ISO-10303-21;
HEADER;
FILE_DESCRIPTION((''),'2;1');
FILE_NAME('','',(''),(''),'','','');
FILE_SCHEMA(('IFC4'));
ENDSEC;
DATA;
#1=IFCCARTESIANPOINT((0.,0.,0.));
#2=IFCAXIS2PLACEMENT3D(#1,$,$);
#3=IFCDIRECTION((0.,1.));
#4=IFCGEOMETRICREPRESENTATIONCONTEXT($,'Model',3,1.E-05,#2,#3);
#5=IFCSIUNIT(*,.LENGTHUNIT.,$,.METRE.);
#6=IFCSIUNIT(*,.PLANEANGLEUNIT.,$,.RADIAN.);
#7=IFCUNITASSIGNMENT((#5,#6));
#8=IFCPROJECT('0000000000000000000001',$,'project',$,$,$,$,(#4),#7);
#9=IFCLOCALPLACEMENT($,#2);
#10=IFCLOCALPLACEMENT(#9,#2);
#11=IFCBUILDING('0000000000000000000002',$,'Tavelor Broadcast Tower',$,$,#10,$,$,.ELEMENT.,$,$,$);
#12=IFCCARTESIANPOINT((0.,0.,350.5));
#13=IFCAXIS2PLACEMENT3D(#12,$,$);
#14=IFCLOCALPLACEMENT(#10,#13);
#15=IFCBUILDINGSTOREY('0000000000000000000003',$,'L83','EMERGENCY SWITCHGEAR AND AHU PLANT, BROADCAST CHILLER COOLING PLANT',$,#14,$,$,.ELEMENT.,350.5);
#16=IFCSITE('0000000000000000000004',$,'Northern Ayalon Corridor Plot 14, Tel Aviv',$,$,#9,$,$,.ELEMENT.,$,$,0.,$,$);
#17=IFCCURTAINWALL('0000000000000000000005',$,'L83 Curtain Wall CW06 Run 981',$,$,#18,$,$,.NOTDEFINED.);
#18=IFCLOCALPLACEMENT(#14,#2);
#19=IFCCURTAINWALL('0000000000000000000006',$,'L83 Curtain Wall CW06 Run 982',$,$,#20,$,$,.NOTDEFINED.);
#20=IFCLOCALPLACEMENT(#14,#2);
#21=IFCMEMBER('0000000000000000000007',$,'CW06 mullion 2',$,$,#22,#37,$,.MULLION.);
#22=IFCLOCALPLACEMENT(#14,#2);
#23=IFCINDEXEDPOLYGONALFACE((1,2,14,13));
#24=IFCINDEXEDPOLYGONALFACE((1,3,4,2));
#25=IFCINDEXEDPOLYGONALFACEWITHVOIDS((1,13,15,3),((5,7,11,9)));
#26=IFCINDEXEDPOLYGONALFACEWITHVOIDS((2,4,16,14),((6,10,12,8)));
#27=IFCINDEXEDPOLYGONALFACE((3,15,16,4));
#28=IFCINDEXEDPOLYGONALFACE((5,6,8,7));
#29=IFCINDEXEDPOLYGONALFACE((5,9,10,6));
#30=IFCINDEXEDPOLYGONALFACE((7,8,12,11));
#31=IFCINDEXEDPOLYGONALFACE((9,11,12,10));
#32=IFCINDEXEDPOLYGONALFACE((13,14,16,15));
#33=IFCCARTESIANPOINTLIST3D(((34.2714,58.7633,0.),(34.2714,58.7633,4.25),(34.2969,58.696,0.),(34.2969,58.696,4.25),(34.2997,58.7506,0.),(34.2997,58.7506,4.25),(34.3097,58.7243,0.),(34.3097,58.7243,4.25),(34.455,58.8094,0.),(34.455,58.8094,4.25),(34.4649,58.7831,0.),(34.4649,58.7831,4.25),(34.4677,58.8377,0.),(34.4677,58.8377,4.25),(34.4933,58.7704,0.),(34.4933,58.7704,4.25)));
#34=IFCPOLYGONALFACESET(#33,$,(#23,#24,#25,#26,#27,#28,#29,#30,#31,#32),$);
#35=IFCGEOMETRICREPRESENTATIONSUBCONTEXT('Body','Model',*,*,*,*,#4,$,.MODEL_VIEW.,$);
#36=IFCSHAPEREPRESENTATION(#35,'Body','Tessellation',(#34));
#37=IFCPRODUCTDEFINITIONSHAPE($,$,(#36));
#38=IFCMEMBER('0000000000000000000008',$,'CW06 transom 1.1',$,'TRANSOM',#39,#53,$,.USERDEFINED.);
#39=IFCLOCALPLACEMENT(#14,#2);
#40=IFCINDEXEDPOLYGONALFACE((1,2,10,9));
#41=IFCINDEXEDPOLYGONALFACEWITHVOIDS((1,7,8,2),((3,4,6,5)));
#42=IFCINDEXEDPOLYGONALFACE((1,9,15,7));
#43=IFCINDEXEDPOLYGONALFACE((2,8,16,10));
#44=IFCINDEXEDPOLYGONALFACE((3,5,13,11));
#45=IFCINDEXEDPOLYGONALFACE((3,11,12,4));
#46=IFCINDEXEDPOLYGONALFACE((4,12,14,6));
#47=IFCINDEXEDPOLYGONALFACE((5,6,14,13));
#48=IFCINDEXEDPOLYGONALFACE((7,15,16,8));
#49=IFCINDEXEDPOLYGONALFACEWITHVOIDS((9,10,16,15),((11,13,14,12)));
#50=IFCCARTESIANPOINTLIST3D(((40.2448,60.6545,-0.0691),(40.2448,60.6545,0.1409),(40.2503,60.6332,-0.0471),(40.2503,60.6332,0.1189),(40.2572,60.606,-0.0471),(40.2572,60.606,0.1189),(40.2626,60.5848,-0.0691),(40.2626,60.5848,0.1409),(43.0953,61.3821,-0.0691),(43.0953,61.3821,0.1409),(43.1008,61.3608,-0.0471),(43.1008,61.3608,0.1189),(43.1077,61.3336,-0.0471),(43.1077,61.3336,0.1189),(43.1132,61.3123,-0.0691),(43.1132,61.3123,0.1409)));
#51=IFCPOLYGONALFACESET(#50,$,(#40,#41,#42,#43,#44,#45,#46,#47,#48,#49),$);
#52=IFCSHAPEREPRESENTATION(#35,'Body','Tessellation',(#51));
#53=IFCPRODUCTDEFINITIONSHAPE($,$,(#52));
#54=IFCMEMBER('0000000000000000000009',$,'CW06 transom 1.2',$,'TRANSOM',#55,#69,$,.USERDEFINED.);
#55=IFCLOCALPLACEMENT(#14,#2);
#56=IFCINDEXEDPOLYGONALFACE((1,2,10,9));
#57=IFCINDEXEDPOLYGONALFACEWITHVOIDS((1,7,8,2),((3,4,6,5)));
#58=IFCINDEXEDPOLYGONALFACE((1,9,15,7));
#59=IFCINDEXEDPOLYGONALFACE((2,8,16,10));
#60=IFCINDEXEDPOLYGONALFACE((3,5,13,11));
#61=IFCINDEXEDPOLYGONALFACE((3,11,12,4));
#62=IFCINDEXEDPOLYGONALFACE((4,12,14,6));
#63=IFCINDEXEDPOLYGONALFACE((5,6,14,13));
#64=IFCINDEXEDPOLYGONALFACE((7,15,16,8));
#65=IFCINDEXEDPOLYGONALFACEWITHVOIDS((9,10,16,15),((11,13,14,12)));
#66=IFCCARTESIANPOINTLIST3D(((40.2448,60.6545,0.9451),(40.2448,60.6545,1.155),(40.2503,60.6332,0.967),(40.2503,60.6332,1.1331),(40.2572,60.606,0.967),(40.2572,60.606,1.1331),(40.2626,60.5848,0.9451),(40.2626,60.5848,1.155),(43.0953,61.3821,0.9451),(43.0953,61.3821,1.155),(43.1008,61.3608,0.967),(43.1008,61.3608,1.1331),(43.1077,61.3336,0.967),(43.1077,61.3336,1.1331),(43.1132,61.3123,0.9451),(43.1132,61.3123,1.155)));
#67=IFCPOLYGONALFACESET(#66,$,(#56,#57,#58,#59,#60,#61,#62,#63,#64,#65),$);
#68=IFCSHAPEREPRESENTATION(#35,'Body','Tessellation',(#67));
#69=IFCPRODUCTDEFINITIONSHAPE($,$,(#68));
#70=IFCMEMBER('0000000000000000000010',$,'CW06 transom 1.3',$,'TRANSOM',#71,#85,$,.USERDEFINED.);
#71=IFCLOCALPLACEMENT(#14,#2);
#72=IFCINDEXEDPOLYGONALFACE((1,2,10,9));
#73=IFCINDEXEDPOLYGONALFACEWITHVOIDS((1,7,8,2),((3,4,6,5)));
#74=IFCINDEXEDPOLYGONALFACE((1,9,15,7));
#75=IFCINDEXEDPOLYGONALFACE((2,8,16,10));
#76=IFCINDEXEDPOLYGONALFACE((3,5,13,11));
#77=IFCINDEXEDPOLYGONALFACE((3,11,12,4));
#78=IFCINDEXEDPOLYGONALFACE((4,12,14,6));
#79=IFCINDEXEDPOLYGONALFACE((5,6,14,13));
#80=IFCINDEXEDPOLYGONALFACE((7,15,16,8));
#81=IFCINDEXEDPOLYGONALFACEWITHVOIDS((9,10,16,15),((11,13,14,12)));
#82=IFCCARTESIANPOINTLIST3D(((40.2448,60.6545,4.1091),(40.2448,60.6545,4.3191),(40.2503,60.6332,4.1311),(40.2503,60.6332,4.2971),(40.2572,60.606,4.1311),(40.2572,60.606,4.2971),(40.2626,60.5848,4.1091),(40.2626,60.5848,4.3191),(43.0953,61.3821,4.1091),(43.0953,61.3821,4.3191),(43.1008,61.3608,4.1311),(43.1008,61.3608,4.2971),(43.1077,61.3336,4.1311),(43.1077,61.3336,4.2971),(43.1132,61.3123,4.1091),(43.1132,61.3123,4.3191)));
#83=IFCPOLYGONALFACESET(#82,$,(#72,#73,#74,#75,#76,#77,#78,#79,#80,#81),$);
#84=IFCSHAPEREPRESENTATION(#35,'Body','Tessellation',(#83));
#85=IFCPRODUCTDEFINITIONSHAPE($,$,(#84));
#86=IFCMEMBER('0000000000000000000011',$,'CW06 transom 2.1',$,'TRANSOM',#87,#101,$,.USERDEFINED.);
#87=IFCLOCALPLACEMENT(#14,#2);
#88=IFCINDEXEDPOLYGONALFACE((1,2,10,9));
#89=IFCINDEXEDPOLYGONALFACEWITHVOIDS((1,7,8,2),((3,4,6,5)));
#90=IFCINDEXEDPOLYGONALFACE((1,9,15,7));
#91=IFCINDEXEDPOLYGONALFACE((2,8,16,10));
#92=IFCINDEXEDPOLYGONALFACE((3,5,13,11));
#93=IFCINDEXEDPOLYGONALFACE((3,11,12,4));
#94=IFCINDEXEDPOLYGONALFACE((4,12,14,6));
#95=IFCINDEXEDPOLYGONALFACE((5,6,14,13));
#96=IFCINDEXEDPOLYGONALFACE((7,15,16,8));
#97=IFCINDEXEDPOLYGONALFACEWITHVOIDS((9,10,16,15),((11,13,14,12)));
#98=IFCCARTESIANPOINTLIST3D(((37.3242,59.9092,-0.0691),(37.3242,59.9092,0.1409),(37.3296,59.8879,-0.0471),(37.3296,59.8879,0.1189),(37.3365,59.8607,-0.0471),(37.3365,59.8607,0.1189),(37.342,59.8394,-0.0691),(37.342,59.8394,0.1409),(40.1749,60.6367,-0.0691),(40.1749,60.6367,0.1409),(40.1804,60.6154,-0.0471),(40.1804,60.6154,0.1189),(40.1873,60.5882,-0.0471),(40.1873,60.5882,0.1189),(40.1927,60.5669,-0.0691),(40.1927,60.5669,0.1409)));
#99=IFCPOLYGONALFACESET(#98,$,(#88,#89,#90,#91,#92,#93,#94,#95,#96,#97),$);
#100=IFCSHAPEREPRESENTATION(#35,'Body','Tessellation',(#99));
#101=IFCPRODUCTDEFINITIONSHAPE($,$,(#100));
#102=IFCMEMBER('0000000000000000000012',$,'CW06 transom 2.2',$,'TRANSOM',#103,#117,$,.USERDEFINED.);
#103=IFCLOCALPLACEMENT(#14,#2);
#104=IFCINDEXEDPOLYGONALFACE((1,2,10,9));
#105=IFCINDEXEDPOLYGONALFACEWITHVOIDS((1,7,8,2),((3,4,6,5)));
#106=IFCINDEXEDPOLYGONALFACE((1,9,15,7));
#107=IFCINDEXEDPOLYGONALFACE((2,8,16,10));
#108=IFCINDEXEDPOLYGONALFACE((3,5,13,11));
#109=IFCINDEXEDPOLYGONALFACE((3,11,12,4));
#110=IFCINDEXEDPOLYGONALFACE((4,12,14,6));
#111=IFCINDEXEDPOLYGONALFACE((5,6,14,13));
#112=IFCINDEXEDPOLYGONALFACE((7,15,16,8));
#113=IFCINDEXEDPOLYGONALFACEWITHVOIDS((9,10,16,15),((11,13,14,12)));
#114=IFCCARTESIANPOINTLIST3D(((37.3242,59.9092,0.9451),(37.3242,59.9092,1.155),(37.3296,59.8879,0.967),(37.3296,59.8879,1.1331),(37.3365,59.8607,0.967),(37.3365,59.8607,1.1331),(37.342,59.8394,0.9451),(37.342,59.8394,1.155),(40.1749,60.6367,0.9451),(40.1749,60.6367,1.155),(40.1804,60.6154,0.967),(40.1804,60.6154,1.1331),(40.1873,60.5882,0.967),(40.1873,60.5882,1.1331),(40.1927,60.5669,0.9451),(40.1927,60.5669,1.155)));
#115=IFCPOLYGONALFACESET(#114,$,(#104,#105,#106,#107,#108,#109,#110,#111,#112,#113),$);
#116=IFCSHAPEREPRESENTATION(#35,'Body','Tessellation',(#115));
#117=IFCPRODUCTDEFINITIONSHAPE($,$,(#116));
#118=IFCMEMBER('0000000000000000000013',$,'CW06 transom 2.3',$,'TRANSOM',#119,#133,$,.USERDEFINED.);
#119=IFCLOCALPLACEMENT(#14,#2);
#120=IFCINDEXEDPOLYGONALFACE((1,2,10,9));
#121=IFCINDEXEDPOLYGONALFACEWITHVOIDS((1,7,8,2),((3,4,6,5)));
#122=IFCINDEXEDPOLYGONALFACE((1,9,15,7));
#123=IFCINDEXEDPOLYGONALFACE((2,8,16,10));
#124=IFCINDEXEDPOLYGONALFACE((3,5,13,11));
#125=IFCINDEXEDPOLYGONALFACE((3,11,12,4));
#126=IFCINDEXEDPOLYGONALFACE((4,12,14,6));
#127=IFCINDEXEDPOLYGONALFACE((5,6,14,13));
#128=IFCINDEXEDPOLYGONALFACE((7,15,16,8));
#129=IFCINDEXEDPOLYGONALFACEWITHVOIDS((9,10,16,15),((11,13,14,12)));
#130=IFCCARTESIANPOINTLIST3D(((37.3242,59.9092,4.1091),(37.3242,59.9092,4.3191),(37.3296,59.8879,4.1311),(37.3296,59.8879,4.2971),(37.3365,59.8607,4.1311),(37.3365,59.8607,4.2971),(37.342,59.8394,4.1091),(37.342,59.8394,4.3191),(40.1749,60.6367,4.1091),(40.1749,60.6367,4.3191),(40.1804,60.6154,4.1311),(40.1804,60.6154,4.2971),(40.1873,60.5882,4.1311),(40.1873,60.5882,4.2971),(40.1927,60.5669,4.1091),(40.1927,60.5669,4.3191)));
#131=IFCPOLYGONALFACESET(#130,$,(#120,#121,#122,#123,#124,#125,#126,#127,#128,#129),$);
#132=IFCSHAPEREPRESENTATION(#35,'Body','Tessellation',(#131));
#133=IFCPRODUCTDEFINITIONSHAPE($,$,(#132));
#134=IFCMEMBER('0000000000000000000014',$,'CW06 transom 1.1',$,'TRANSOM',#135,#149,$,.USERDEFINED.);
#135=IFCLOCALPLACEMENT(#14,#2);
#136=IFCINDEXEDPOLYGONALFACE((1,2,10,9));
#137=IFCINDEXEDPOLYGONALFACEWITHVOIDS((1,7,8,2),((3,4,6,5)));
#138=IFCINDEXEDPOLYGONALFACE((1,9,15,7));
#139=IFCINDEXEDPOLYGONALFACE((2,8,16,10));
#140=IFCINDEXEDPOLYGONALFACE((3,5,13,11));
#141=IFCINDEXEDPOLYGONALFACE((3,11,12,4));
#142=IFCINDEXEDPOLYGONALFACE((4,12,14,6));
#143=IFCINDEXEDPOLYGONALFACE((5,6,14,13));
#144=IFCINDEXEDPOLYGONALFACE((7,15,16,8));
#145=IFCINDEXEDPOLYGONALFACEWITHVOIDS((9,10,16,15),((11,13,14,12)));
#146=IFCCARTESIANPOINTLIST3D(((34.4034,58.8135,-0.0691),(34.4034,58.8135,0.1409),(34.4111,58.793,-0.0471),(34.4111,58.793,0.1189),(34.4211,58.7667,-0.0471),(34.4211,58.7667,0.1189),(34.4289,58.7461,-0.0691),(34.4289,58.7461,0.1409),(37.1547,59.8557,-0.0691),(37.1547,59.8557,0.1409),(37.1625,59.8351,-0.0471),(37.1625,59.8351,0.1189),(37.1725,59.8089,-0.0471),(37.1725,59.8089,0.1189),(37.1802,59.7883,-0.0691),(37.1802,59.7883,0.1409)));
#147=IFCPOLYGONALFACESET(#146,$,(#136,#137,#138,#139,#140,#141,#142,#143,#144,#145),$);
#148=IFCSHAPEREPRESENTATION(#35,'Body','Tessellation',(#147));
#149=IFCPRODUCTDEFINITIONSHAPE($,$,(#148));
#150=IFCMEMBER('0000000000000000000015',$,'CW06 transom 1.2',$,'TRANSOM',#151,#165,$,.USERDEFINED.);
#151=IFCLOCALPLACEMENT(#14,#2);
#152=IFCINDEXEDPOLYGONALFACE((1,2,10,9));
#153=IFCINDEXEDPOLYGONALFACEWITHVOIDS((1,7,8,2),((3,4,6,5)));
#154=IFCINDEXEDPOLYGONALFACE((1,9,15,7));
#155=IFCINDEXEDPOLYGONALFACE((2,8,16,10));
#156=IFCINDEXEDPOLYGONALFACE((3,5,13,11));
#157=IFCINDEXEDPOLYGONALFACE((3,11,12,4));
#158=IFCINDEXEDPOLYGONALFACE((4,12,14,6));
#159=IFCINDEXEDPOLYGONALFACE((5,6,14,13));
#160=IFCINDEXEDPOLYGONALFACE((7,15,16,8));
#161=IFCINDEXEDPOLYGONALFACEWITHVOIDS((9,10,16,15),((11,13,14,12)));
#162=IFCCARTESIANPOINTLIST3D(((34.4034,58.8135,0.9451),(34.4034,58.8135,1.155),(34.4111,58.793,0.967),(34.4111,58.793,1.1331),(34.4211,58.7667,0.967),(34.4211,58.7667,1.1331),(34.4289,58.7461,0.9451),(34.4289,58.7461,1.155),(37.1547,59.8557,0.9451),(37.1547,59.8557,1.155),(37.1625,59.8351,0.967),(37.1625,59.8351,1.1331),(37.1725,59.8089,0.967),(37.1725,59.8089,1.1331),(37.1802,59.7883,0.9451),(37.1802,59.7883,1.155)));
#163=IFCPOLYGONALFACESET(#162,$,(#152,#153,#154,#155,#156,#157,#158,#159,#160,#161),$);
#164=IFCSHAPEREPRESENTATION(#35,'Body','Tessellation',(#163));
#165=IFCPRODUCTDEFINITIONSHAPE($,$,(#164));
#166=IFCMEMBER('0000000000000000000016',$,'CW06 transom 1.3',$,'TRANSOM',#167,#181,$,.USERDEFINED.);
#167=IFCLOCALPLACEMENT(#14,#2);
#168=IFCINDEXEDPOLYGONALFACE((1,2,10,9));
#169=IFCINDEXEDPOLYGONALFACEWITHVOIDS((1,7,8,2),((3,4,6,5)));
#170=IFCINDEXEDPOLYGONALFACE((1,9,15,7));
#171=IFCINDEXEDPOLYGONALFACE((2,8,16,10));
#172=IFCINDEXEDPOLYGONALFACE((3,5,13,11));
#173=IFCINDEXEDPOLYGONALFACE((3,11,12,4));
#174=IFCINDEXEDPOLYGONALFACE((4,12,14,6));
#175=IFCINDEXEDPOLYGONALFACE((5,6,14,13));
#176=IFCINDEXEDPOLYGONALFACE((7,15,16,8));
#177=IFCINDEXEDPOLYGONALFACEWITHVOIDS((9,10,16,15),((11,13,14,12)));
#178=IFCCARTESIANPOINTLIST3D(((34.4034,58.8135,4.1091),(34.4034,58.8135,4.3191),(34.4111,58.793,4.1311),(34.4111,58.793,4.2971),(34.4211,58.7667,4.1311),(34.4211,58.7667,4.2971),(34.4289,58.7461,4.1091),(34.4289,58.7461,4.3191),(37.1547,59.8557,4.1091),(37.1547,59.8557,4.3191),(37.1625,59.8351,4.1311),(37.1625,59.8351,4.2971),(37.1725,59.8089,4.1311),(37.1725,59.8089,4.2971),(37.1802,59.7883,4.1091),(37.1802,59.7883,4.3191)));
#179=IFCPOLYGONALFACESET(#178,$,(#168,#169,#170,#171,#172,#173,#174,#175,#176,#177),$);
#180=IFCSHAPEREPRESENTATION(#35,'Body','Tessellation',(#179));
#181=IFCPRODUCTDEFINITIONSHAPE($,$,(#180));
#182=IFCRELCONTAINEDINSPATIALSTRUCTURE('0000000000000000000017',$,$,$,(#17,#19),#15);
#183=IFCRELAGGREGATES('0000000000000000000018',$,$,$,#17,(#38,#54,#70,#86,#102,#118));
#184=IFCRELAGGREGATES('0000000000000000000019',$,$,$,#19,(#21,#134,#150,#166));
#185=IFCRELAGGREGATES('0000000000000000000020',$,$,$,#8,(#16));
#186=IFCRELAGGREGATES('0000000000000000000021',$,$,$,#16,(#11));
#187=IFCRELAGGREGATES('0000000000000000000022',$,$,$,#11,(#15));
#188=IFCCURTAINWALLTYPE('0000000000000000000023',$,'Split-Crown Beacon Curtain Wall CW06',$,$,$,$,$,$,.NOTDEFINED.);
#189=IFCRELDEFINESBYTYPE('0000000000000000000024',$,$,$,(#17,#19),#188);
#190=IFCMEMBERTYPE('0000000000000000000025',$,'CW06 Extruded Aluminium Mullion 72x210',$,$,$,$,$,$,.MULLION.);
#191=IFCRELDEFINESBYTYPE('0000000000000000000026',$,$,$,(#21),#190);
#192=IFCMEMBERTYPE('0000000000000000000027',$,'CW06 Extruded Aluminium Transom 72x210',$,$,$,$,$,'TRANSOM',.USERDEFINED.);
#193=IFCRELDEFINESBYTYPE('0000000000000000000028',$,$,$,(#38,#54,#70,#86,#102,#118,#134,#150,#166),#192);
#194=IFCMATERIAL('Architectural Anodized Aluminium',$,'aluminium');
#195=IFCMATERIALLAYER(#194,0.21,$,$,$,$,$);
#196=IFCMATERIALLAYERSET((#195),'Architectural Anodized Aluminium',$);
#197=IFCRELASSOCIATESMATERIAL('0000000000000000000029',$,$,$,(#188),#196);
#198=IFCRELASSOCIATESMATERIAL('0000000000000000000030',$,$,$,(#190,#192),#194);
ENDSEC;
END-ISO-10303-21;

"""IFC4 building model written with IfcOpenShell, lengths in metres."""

from ifc_helpers import new_model, si_unit, direction, frame, origin, origin_2d, place, context, subcontext, project, spatial, hollow_rectangle, extrude, source, transform, mapped, material, layer, layer_set, material_profile, profile_set, type_object, type_shapes, element, aggregate, save


model = new_model("IFC4")

# Units and contexts
model_context = context("Model", 3, precision=1e-05, world=origin(), true_north=direction((0.0, 1.0)))
body_context = subcontext(model_context, "Body", "Model", "MODEL_VIEW")
ifc_project = project(units=[si_unit("LENGTHUNIT", "METRE"), si_unit("PLANEANGLEUNIT", "RADIAN")], contexts=[model_context])

# Site, building, storey
site_placement = place(None, origin())
site = spatial("IfcSite", under=ifc_project, at=site_placement, Name="Northern Ayalon Corridor Plot 14, Tel Aviv", CompositionType="ELEMENT", RefElevation=0.0)
building_placement = place(site_placement, origin())
building = spatial("IfcBuilding", under=site, at=building_placement, Name="Tavelor Broadcast Tower", CompositionType="ELEMENT")
storey_placement = place(building_placement, frame((0.0, 0.0, 350.5)))
storey = spatial("IfcBuildingStorey", under=building, at=storey_placement, Name="L83", Description="EMERGENCY SWITCHGEAR AND AHU PLANT, BROADCAST CHILLER COOLING PLANT", CompositionType="ELEMENT", Elevation=350.5)

# Shared definitions
ifc_material_1 = material(Name="Architectural Anodized Aluminium", Category="aluminium")
ifc_layer_1 = layer(ifc_material_1, 0.21)
ifc_layer_set_1 = layer_set([ifc_layer_1], Name="Architectural Anodized Aluminium")
curtain_wall_type = type_object("IfcCurtainWallType", Name="Split-Crown Beacon Curtain Wall CW06", PredefinedType="NOTDEFINED", material=ifc_layer_set_1)
ifc_material_profile_1 = material_profile(ifc_material_1, hollow_rectangle(XDim=0.072, YDim=0.21, WallThickness=0.022, at=origin_2d()), Name="RHS 72x210x22")
ifc_profile_set_1 = profile_set([ifc_material_profile_1], Name="Architectural Anodized Aluminium")
member_type_1 = type_object("IfcMemberType", Name="CW06 Extruded Aluminium Mullion 72x210", PredefinedType="MULLION", material=ifc_profile_set_1)
shared_shape_1 = source(origin(), body_context, "Body", "SweptSolid", [
    extrude(hollow_rectangle(XDim=0.072, YDim=0.21, WallThickness=0.022, at=origin_2d()), origin(), (0.0, 0.0, 1.0), 4.25),
])
type_shapes(member_type_1, [shared_shape_1])

# Curtain walls, member
curtain_wall_1_placement = place(storey_placement, origin())
curtain_wall_1 = element("IfcCurtainWall", 1, at=curtain_wall_1_placement, inside=storey, type_object=curtain_wall_type, Name="L83 Curtain Wall CW06 Run 981", PredefinedType="NOTDEFINED")
curtain_wall_2_placement = place(storey_placement, origin())
curtain_wall_2 = element("IfcCurtainWall", 2, at=curtain_wall_2_placement, inside=storey, type_object=curtain_wall_type, Name="L83 Curtain Wall CW06 Run 982", PredefinedType="NOTDEFINED")
member_1_placement = place(storey_placement, frame((34.3823, 58.7668, 0.0), z_axis=(0.0, 0.0, 1.0), x_axis=(0.354265, -0.935145, 0.0)))
member_1 = element("IfcMember", 3, at=member_1_placement, type_object=member_type_1, Name="CW06 mullion 2", PredefinedType="MULLION", context=body_context, shape_type="MappedRepresentation", body=[
    mapped(shared_shape_1, transform((0.0, 0.0, 0.0), scale=1.0)),
])

# Members
ifc_material_profile_2 = material_profile(ifc_material_1, hollow_rectangle(XDim=0.072, YDim=0.21, WallThickness=0.022, at=origin_2d()), Name="RHS 72x210x22")
ifc_profile_set_2 = profile_set([ifc_material_profile_2], Name="Architectural Anodized Aluminium")
member_type_2 = type_object("IfcMemberType", Name="CW06 Extruded Aluminium Transom 72x210", ElementType="TRANSOM", PredefinedType="USERDEFINED", material=ifc_profile_set_2)
shared_shape_2 = source(origin(), body_context, "Body", "SweptSolid", [
    extrude(hollow_rectangle(XDim=0.072, YDim=0.21, WallThickness=0.022, at=origin_2d()), origin(), (0.0, 0.0, 1.0), 2.9419),
])
member_2_placement = place(storey_placement, frame((43.1042, 61.3472, 0.0359), z_axis=(-0.96894, -0.247297, 0.0), x_axis=(0.247297, -0.96894, 0.0)))
member_2 = element("IfcMember", 4, at=member_2_placement, type_object=member_type_2, Name="CW06 transom 1.1", ObjectType="TRANSOM", PredefinedType="USERDEFINED", context=body_context, shape_type="MappedRepresentation", body=[
    mapped(shared_shape_2, transform((0.0, 0.0, 0.0), scale=1.0)),
])
member_3_placement = place(storey_placement, frame((43.1042, 61.3472, 1.05), z_axis=(-0.96894, -0.247297, 0.0), x_axis=(0.247297, -0.96894, 0.0)))
member_3 = element("IfcMember", 5, at=member_3_placement, type_object=member_type_2, Name="CW06 transom 1.2", ObjectType="TRANSOM", PredefinedType="USERDEFINED", context=body_context, shape_type="MappedRepresentation", body=[
    mapped(shared_shape_2, transform((0.0, 0.0, 0.0), scale=1.0)),
])
member_4_placement = place(storey_placement, frame((43.1042, 61.3472, 4.2141), z_axis=(-0.96894, -0.247297, 0.0), x_axis=(0.247297, -0.96894, 0.0)))
member_4 = element("IfcMember", 6, at=member_4_placement, type_object=member_type_2, Name="CW06 transom 1.3", ObjectType="TRANSOM", PredefinedType="USERDEFINED", context=body_context, shape_type="MappedRepresentation", body=[
    mapped(shared_shape_2, transform((0.0, 0.0, 0.0), scale=1.0)),
])
shared_shape_3 = source(origin(), body_context, "Body", "SweptSolid", [
    extrude(hollow_rectangle(XDim=0.072, YDim=0.21, WallThickness=0.022, at=origin_2d()), origin(), (0.0, 0.0, 1.0), 2.9421),
])
type_shapes(member_type_2, [shared_shape_2, shared_shape_3])
member_5_placement = place(storey_placement, frame((40.1838, 60.6018, 0.0359), z_axis=(-0.968945, -0.247277, 0.0), x_axis=(0.247277, -0.968945, 0.0)))
member_5 = element("IfcMember", 7, at=member_5_placement, type_object=member_type_2, Name="CW06 transom 2.1", ObjectType="TRANSOM", PredefinedType="USERDEFINED", context=body_context, shape_type="MappedRepresentation", body=[
    mapped(shared_shape_3, transform((0.0, 0.0, 0.0), scale=1.0)),
])
member_6_placement = place(storey_placement, frame((40.1838, 60.6018, 1.05), z_axis=(-0.968945, -0.247277, 0.0), x_axis=(0.247277, -0.968945, 0.0)))
member_6 = element("IfcMember", 8, at=member_6_placement, type_object=member_type_2, Name="CW06 transom 2.2", ObjectType="TRANSOM", PredefinedType="USERDEFINED", context=body_context, shape_type="MappedRepresentation", body=[
    mapped(shared_shape_3, transform((0.0, 0.0, 0.0), scale=1.0)),
])
member_7_placement = place(storey_placement, frame((40.1838, 60.6018, 4.2141), z_axis=(-0.968945, -0.247277, 0.0), x_axis=(0.247277, -0.968945, 0.0)))
member_7 = element("IfcMember", 9, at=member_7_placement, type_object=member_type_2, Name="CW06 transom 2.3", ObjectType="TRANSOM", PredefinedType="USERDEFINED", context=body_context, shape_type="MappedRepresentation", body=[
    mapped(shared_shape_3, transform((0.0, 0.0, 0.0), scale=1.0)),
])
member_8_placement = place(storey_placement, frame((37.1675, 59.822, 0.0359), z_axis=(-0.935158, -0.354231, 0.0), x_axis=(0.354231, -0.935158, 0.0)))
member_8 = element("IfcMember", 10, at=member_8_placement, type_object=member_type_2, Name="CW06 transom 1.1", ObjectType="TRANSOM", PredefinedType="USERDEFINED", context=body_context, shape_type="MappedRepresentation", body=[
    mapped(shared_shape_3, transform((0.0, 0.0, 0.0), scale=1.0)),
])
member_9_placement = place(storey_placement, frame((37.1675, 59.822, 1.05), z_axis=(-0.935158, -0.354231, 0.0), x_axis=(0.354231, -0.935158, 0.0)))
member_9 = element("IfcMember", 11, at=member_9_placement, type_object=member_type_2, Name="CW06 transom 1.2", ObjectType="TRANSOM", PredefinedType="USERDEFINED", context=body_context, shape_type="MappedRepresentation", body=[
    mapped(shared_shape_3, transform((0.0, 0.0, 0.0), scale=1.0)),
])
member_10_placement = place(storey_placement, frame((37.1675, 59.822, 4.2141), z_axis=(-0.935158, -0.354231, 0.0), x_axis=(0.354231, -0.935158, 0.0)))
member_10 = element("IfcMember", 12, at=member_10_placement, type_object=member_type_2, Name="CW06 transom 1.3", ObjectType="TRANSOM", PredefinedType="USERDEFINED", context=body_context, shape_type="MappedRepresentation", body=[
    mapped(shared_shape_3, transform((0.0, 0.0, 0.0), scale=1.0)),
])

aggregate(curtain_wall_1, [member_2, member_3, member_4, member_5, member_6, member_7])
aggregate(curtain_wall_2, [member_1, member_8, member_9, member_10])

save(model, "model.ifc")
